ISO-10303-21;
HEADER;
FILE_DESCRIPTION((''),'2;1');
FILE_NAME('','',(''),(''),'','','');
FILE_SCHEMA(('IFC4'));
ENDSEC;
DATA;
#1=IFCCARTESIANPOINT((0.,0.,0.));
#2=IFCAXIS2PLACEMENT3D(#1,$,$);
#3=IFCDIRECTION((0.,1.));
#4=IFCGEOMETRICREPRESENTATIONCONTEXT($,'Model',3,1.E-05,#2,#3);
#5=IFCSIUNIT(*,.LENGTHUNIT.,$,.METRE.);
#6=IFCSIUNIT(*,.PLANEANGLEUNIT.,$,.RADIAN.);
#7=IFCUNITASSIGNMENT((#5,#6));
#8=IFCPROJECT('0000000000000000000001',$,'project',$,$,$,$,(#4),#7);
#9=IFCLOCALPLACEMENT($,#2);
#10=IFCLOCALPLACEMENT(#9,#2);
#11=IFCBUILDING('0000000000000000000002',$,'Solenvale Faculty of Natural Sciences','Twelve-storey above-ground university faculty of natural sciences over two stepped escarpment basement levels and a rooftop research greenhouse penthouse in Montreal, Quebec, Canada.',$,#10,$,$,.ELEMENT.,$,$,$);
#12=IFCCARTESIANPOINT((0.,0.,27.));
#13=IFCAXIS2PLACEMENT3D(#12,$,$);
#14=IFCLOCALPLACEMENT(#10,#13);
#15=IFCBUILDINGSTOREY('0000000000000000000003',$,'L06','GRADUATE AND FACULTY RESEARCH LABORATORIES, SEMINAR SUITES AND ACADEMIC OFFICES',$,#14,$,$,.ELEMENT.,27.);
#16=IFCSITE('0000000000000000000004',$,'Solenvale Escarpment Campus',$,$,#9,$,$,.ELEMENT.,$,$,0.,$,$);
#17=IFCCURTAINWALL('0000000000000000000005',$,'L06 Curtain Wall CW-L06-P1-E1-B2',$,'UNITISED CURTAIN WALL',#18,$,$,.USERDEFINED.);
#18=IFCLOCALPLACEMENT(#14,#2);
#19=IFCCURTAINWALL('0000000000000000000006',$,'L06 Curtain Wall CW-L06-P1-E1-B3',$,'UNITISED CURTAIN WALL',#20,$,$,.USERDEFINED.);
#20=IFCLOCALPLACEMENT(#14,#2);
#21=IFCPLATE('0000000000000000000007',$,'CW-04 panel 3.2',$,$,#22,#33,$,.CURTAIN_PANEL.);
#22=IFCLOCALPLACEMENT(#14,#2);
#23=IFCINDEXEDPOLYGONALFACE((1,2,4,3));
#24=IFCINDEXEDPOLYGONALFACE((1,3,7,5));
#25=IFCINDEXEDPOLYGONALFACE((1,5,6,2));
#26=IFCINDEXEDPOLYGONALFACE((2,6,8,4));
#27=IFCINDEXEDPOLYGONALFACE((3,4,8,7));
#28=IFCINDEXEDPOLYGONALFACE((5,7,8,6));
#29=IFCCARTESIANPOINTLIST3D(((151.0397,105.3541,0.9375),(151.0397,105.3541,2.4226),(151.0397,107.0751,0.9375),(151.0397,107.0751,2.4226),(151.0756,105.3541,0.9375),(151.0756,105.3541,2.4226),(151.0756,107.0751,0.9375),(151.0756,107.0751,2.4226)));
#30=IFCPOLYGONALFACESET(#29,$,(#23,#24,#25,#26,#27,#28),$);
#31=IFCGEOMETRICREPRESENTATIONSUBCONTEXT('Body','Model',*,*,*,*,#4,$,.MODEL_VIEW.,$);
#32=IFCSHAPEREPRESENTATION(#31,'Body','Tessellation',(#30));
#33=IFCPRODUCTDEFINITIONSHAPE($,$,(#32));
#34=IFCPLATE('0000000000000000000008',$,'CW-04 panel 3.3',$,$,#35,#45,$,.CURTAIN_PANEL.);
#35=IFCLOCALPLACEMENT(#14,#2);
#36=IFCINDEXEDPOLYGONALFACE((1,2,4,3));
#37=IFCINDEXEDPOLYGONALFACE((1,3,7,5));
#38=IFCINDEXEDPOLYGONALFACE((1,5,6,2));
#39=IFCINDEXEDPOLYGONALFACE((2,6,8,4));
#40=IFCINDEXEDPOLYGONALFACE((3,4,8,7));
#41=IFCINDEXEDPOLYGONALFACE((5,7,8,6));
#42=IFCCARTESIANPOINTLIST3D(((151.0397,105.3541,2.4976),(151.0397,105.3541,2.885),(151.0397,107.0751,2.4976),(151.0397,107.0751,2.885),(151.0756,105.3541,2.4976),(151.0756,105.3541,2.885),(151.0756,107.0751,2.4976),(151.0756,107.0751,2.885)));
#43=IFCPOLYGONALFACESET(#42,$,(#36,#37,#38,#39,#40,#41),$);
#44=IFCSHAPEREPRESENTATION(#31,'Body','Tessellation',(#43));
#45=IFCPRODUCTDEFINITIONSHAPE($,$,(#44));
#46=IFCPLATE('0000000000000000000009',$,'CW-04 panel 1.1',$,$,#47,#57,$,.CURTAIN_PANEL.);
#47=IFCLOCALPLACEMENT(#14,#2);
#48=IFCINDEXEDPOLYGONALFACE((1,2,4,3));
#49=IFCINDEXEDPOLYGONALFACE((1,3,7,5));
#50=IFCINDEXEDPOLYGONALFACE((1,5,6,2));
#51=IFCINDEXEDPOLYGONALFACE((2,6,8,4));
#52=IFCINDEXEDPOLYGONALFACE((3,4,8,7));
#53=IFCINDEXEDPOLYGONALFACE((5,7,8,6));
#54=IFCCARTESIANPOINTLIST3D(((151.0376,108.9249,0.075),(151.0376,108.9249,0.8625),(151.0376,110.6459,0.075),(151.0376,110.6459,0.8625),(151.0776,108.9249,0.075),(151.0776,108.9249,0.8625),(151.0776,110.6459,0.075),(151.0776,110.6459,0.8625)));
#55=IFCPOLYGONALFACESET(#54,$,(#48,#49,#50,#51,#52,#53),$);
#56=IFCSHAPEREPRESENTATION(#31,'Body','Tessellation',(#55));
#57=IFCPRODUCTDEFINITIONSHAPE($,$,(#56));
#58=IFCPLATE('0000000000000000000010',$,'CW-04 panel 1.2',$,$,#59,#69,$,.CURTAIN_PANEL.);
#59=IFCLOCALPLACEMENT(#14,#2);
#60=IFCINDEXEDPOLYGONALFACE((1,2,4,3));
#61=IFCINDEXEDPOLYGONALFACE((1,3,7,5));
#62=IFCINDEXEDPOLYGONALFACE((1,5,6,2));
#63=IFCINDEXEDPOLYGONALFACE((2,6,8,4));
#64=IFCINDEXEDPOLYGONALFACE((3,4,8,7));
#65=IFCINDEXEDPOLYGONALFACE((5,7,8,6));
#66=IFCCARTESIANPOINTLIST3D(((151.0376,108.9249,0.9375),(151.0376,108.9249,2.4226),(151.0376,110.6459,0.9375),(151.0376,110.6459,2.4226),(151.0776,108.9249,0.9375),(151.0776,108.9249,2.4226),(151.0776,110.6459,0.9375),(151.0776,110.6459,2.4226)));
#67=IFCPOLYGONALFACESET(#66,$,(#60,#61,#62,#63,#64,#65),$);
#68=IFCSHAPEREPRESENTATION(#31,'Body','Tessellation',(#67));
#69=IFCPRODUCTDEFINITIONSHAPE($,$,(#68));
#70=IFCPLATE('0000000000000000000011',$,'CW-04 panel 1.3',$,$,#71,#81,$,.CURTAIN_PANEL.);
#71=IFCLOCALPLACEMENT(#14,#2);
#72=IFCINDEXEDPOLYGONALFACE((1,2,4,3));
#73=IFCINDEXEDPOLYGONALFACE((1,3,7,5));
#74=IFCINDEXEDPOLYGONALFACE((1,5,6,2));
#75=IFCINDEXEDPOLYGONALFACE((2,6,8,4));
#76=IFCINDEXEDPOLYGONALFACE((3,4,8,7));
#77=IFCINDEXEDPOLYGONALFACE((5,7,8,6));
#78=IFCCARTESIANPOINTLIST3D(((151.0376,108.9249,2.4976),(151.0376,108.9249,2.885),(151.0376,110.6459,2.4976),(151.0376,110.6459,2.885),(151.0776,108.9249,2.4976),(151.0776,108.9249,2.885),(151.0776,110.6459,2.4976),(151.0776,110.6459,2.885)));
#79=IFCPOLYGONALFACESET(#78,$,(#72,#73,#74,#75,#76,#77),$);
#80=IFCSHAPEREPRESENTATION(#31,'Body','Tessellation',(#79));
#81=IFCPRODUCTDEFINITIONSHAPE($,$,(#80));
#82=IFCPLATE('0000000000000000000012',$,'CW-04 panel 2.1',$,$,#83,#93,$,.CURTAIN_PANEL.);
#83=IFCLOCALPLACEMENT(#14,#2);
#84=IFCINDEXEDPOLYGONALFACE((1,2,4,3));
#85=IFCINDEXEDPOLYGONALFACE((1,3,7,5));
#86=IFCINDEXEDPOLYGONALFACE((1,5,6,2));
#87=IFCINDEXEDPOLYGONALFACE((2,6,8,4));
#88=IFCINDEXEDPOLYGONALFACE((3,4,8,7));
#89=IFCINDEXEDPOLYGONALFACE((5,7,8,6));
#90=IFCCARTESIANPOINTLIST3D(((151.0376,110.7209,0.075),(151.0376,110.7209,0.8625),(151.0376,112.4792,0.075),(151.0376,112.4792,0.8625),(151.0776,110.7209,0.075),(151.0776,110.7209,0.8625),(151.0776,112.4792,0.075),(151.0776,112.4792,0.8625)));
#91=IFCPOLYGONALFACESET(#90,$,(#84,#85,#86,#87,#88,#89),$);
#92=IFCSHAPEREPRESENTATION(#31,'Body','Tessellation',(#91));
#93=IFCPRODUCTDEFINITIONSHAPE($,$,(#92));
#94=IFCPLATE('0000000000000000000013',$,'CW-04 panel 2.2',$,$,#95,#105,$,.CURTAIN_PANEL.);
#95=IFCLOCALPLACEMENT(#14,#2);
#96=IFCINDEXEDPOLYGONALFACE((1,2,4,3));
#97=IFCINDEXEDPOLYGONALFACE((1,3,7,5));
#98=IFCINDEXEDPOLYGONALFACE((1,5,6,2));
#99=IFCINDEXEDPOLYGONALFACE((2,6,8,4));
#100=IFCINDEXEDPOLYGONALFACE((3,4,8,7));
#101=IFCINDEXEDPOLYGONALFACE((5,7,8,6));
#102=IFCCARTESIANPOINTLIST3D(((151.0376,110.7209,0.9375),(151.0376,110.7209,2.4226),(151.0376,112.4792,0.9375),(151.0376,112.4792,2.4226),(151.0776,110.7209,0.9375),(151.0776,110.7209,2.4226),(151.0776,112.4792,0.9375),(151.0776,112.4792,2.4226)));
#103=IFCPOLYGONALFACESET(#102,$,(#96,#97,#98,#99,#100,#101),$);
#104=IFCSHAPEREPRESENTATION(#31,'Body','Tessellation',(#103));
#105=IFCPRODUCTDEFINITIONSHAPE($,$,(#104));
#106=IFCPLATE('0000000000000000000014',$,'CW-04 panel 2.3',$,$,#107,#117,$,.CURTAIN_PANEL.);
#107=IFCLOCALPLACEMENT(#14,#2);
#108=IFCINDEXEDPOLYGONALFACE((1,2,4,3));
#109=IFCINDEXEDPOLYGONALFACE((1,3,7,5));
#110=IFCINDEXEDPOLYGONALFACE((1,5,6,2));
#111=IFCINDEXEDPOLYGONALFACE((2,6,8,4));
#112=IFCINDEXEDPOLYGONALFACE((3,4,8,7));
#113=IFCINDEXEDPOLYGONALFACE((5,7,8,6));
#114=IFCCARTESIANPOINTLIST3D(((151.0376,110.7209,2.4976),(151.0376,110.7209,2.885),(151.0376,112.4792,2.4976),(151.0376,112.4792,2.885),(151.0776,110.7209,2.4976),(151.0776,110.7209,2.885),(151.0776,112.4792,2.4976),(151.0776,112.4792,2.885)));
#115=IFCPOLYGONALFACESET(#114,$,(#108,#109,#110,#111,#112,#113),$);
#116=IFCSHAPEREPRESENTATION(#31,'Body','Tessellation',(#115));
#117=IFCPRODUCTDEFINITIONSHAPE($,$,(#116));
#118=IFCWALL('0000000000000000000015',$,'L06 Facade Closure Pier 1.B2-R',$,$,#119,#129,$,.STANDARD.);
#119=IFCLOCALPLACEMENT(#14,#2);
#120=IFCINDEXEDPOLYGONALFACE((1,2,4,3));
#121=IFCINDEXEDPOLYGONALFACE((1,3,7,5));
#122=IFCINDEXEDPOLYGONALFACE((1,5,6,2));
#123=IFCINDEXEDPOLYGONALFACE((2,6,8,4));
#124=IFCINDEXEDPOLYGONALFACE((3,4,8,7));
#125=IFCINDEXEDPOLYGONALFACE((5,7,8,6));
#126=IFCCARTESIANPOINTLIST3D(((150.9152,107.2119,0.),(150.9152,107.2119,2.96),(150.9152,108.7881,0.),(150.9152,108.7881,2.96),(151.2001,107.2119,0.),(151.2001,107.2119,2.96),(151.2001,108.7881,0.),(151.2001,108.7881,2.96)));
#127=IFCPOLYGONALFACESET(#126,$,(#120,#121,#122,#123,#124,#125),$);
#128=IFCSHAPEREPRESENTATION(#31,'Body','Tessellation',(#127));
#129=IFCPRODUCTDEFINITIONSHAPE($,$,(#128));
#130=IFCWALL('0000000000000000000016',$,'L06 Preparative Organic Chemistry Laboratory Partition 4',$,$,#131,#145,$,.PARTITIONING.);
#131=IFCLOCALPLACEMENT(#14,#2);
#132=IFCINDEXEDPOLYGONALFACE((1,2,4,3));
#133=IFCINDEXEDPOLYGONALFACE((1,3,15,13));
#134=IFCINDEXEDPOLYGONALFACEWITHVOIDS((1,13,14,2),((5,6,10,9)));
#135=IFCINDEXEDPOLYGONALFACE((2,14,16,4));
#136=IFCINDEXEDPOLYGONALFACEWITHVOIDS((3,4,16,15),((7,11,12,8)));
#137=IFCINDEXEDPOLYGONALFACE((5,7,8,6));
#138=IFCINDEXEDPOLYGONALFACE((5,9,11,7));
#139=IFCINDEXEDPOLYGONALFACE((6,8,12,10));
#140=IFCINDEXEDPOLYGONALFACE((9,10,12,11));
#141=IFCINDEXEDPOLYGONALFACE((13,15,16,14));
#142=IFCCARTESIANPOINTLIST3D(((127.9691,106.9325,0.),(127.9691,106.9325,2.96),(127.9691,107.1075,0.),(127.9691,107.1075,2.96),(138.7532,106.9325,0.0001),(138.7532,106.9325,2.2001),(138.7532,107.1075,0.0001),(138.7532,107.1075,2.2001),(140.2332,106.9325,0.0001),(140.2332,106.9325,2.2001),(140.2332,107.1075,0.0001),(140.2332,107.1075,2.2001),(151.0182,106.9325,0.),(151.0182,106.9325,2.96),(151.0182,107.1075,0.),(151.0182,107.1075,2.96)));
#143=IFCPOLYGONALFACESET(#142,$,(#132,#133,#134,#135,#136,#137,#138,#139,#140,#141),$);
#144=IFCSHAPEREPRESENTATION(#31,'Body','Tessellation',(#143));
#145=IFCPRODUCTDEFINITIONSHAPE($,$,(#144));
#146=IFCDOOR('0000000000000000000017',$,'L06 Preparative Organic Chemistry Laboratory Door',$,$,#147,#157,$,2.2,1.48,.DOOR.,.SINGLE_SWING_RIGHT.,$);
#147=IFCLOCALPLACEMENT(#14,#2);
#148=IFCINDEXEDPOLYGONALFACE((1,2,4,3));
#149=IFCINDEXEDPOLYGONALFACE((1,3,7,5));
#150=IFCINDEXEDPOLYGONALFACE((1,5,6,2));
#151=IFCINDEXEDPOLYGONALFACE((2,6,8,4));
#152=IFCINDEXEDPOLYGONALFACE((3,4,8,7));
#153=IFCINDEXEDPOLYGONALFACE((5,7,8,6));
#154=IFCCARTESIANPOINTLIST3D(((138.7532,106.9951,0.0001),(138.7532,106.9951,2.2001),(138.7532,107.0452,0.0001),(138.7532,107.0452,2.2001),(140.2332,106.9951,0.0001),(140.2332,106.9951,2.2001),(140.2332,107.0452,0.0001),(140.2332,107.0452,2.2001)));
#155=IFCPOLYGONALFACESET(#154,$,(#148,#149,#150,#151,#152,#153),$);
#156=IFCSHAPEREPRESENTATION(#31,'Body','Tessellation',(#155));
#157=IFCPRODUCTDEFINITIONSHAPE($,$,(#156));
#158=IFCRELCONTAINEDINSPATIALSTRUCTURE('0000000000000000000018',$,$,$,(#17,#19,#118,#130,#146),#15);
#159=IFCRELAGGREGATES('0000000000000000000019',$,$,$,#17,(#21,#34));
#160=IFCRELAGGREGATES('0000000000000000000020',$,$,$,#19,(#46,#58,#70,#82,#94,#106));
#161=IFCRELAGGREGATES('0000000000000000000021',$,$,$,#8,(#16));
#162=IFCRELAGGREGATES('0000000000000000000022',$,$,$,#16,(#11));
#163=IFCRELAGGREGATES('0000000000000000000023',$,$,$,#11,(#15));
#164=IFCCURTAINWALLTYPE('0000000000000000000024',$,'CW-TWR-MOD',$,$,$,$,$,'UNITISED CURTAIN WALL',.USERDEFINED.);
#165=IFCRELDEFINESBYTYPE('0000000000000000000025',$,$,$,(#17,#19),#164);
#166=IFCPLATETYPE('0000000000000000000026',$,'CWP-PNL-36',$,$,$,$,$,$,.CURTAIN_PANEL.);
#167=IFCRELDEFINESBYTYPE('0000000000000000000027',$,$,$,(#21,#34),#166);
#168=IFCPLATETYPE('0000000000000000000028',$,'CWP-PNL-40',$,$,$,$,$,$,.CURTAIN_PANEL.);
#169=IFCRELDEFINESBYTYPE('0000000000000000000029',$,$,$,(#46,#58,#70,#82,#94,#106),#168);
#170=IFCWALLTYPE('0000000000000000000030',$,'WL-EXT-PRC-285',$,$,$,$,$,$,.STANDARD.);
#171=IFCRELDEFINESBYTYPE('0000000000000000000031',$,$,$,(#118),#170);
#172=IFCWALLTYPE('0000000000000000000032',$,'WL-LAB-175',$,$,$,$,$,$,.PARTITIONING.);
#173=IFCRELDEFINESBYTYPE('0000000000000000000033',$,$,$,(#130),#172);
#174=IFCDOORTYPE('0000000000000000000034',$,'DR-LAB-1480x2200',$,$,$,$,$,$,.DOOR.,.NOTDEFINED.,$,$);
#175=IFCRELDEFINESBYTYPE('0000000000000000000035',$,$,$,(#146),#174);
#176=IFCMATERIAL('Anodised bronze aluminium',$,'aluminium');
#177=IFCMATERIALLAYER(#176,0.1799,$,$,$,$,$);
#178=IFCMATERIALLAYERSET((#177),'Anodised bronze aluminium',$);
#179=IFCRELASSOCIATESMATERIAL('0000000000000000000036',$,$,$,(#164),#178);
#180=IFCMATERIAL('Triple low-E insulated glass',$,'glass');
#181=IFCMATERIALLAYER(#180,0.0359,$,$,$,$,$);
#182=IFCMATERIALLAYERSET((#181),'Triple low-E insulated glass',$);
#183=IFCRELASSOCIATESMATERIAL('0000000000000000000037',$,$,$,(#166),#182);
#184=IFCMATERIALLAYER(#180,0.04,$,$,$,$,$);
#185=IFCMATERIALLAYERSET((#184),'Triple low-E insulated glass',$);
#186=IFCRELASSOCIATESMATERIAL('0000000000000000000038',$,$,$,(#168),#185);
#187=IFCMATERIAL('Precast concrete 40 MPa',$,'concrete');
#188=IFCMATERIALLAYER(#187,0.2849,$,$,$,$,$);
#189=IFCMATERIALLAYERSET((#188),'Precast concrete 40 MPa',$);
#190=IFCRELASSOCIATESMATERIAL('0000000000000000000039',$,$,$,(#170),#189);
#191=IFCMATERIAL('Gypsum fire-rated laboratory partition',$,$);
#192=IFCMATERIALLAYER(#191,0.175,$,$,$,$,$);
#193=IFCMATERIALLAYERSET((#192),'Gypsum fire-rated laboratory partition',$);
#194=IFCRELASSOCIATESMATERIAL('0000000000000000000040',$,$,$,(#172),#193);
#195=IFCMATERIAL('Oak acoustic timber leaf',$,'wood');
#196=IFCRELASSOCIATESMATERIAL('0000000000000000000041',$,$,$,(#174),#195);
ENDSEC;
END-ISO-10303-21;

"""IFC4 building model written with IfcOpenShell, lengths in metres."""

from ifc_helpers import new_model, si_unit, direction, frame, frame_2d, origin, origin_2d, place, context, subcontext, project, spatial, rectangle, extrude, material, layer, layer_set, type_object, element, fill, aggregate, save


model = new_model("IFC4")

# Units and contexts
model_context = context("Model", 3, precision=1e-05, world=origin(), true_north=direction((0.0, 1.0)))
body_context = subcontext(model_context, "Body", "Model", "MODEL_VIEW")
ifc_project = project(units=[si_unit("LENGTHUNIT", "METRE"), si_unit("PLANEANGLEUNIT", "RADIAN")], contexts=[model_context])

# Site, building, storey
site_placement = place(None, origin())
site = spatial("IfcSite", under=ifc_project, at=site_placement, Name="Solenvale Escarpment Campus", CompositionType="ELEMENT", RefElevation=0.0)
building_placement = place(site_placement, origin())
building = spatial("IfcBuilding", under=site, at=building_placement, Name="Solenvale Faculty of Natural Sciences", Description="Twelve-storey above-ground university faculty of natural sciences over two stepped escarpment basement levels and a rooftop research greenhouse penthouse in Montreal, Quebec, Canada.", CompositionType="ELEMENT")
storey_placement = place(building_placement, frame((0.0, 0.0, 27.0)))
storey = spatial("IfcBuildingStorey", under=building, at=storey_placement, Name="L06", Description="GRADUATE AND FACULTY RESEARCH LABORATORIES, SEMINAR SUITES AND ACADEMIC OFFICES", CompositionType="ELEMENT", Elevation=27.0)

# Curtain wall
ifc_material_1 = material(Name="Anodised bronze aluminium", Category="aluminium")
ifc_layer_1 = layer(ifc_material_1, 0.1799)
ifc_layer_set_1 = layer_set([ifc_layer_1], Name="Anodised bronze aluminium")
curtain_wall_type = type_object("IfcCurtainWallType", Name="CW-TWR-MOD", ElementType="UNITISED CURTAIN WALL", PredefinedType="USERDEFINED", material=ifc_layer_set_1)
curtain_wall_1_placement = place(storey_placement, origin())
curtain_wall_1 = element("IfcCurtainWall", 1, at=curtain_wall_1_placement, inside=storey, type_object=curtain_wall_type, Name="L06 Curtain Wall CW-L06-P1-E1-B2", ObjectType="UNITISED CURTAIN WALL", PredefinedType="USERDEFINED")

# Curtain wall
curtain_wall_2_placement = place(storey_placement, origin())
curtain_wall_2 = element("IfcCurtainWall", 2, at=curtain_wall_2_placement, inside=storey, type_object=curtain_wall_type, Name="L06 Curtain Wall CW-L06-P1-E1-B3", ObjectType="UNITISED CURTAIN WALL", PredefinedType="USERDEFINED")

# Plates
ifc_material_2 = material(Name="Triple low-E insulated glass", Category="glass")
ifc_layer_2 = layer(ifc_material_2, 0.0359)
ifc_layer_set_2 = layer_set([ifc_layer_2], Name="Triple low-E insulated glass")
plate_type_1 = type_object("IfcPlateType", Name="CWP-PNL-36", PredefinedType="CURTAIN_PANEL", material=ifc_layer_set_2)
plate_1_placement = place(storey_placement, frame((151.0576, 106.2146, 0.9375), z_axis=(0.0, 0.0, 1.0), x_axis=(0.0, 1.0, 0.0)))
plate_1 = element("IfcPlate", 3, at=plate_1_placement, type_object=plate_type_1, Name="CW-04 panel 3.2", PredefinedType="CURTAIN_PANEL", context=body_context, shape_type="SweptSolid", body=[
    extrude(rectangle(XDim=1.7209, YDim=0.0359, at=origin_2d()), origin(), (0.0, 0.0, 1.0), 1.4851),
])
plate_2_placement = place(storey_placement, frame((151.0576, 106.2146, 2.4976), z_axis=(0.0, 0.0, 1.0), x_axis=(0.0, 1.0, 0.0)))
plate_2 = element("IfcPlate", 4, at=plate_2_placement, type_object=plate_type_1, Name="CW-04 panel 3.3", PredefinedType="CURTAIN_PANEL", context=body_context, shape_type="SweptSolid", body=[
    extrude(rectangle(XDim=1.7209, YDim=0.0359, at=origin_2d()), origin(), (0.0, 0.0, 1.0), 0.3875),
])
aggregate(curtain_wall_1, [plate_1, plate_2])
ifc_layer_3 = layer(ifc_material_2, 0.04)
ifc_layer_set_3 = layer_set([ifc_layer_3], Name="Triple low-E insulated glass")
plate_type_2 = type_object("IfcPlateType", Name="CWP-PNL-40", PredefinedType="CURTAIN_PANEL", material=ifc_layer_set_3)
plate_3_placement = place(storey_placement, frame((151.0576, 109.7854, 0.075), z_axis=(0.0, 0.0, 1.0), x_axis=(0.0, 1.0, 0.0)))
plate_3 = element("IfcPlate", 5, at=plate_3_placement, type_object=plate_type_2, Name="CW-04 panel 1.1", PredefinedType="CURTAIN_PANEL", context=body_context, shape_type="SweptSolid", body=[
    extrude(rectangle(XDim=1.7209, YDim=0.04, at=origin_2d()), origin(), (0.0, 0.0, 1.0), 0.7876),
])
plate_4_placement = place(storey_placement, frame((151.0576, 109.7854, 0.9375), z_axis=(0.0, 0.0, 1.0), x_axis=(0.0, 1.0, 0.0)))
plate_4 = element("IfcPlate", 6, at=plate_4_placement, type_object=plate_type_2, Name="CW-04 panel 1.2", PredefinedType="CURTAIN_PANEL", context=body_context, shape_type="SweptSolid", body=[
    extrude(rectangle(XDim=1.7209, YDim=0.04, at=origin_2d()), origin(), (0.0, 0.0, 1.0), 1.4851),
])
plate_5_placement = place(storey_placement, frame((151.0576, 109.7854, 2.4976), z_axis=(0.0, 0.0, 1.0), x_axis=(0.0, 1.0, 0.0)))
plate_5 = element("IfcPlate", 7, at=plate_5_placement, type_object=plate_type_2, Name="CW-04 panel 1.3", PredefinedType="CURTAIN_PANEL", context=body_context, shape_type="SweptSolid", body=[
    extrude(rectangle(XDim=1.7209, YDim=0.04, at=origin_2d()), origin(), (0.0, 0.0, 1.0), 0.3875),
])
plate_6_placement = place(storey_placement, frame((151.0576, 111.6001, 0.075), z_axis=(0.0, 0.0, 1.0), x_axis=(0.0, 1.0, 0.0)))
plate_6 = element("IfcPlate", 8, at=plate_6_placement, type_object=plate_type_2, Name="CW-04 panel 2.1", PredefinedType="CURTAIN_PANEL", context=body_context, shape_type="SweptSolid", body=[
    extrude(rectangle(XDim=1.7583, YDim=0.04, at=origin_2d()), origin(), (0.0, 0.0, 1.0), 0.7876),
])
plate_7_placement = place(storey_placement, frame((151.0576, 111.6001, 0.9375), z_axis=(0.0, 0.0, 1.0), x_axis=(0.0, 1.0, 0.0)))
plate_7 = element("IfcPlate", 9, at=plate_7_placement, type_object=plate_type_2, Name="CW-04 panel 2.2", PredefinedType="CURTAIN_PANEL", context=body_context, shape_type="SweptSolid", body=[
    extrude(rectangle(XDim=1.7583, YDim=0.04, at=origin_2d()), origin(), (0.0, 0.0, 1.0), 1.4851),
])
plate_8_placement = place(storey_placement, frame((151.0576, 111.6001, 2.4976), z_axis=(0.0, 0.0, 1.0), x_axis=(0.0, 1.0, 0.0)))
plate_8 = element("IfcPlate", 10, at=plate_8_placement, type_object=plate_type_2, Name="CW-04 panel 2.3", PredefinedType="CURTAIN_PANEL", context=body_context, shape_type="SweptSolid", body=[
    extrude(rectangle(XDim=1.7583, YDim=0.04, at=origin_2d()), origin(), (0.0, 0.0, 1.0), 0.3875),
])
aggregate(curtain_wall_2, [plate_3, plate_4, plate_5, plate_6, plate_7, plate_8])

# Wall
ifc_material_3 = material(Name="Precast concrete 40 MPa", Category="concrete")
ifc_layer_4 = layer(ifc_material_3, 0.2849)
ifc_layer_set_4 = layer_set([ifc_layer_4], Name="Precast concrete 40 MPa")
wall_type_1 = type_object("IfcWallType", Name="WL-EXT-PRC-285", PredefinedType="STANDARD", material=ifc_layer_set_4)
wall_1_placement = place(storey_placement, frame((151.0576, 107.2119, 0.0), z_axis=(0.0, 0.0, 1.0), x_axis=(0.0, 1.0, 0.0)))
element("IfcWall", 11, at=wall_1_placement, inside=storey, type_object=wall_type_1, Name="L06 Facade Closure Pier 1.B2-R", PredefinedType="STANDARD", context=body_context, shape_type="SweptSolid", body=[
    extrude(rectangle(XDim=1.5762, YDim=0.2849, at=frame_2d((0.7881, 0.0))), origin(), (0.0, 0.0, 1.0), 2.96),
])

# Wall, opening, door
ifc_material_4 = material(Name="Gypsum fire-rated laboratory partition")
ifc_layer_5 = layer(ifc_material_4, 0.175)
ifc_layer_set_5 = layer_set([ifc_layer_5], Name="Gypsum fire-rated laboratory partition")
wall_type_2 = type_object("IfcWallType", Name="WL-LAB-175", PredefinedType="PARTITIONING", material=ifc_layer_set_5)
wall_2_placement = place(storey_placement, frame((151.0181, 107.02, 0.0), z_axis=(0.0, 0.0, 1.0), x_axis=(-1.0, 0.0, 0.0)))
wall_2 = element("IfcWall", 12, at=wall_2_placement, inside=storey, type_object=wall_type_2, Name="L06 Preparative Organic Chemistry Laboratory Partition 4", PredefinedType="PARTITIONING", context=body_context, shape_type="SweptSolid", body=[
    extrude(rectangle(XDim=23.0491, YDim=0.175, at=frame_2d((11.5244, 0.0))), origin(), (0.0, 0.0, 1.0), 2.96),
])
opening_placement = place(wall_2_placement, frame((10.7849, 0.0, 0.0)))
opening = element("IfcOpeningElement", 13, at=opening_placement, cuts=wall_2, PredefinedType="OPENING", context=body_context, shape_type="SweptSolid", body=[
    extrude(rectangle(XDim=1.48, YDim=2.2, at=frame_2d((0.74, 1.1001))), frame((0.0, 0.0974, 0.0), z_axis=(0.0, -1.0, 0.0), x_axis=(1.0, 0.0, 0.0)), (0.0, 0.0, 1.0), 0.1951),
])
ifc_material_5 = material(Name="Oak acoustic timber leaf", Category="wood")
door_type = type_object("IfcDoorType", Name="DR-LAB-1480x2200", OperationType="NOTDEFINED", PredefinedType="DOOR", material=ifc_material_5)
door_placement = place(opening_placement, origin())
door = element("IfcDoor", 14, at=door_placement, inside=storey, type_object=door_type, Name="L06 Preparative Organic Chemistry Laboratory Door", OperationType="SINGLE_SWING_RIGHT", OverallHeight=2.2, OverallWidth=1.48, PredefinedType="DOOR", context=body_context, shape_type="SweptSolid", body=[
    extrude(rectangle(XDim=1.48, YDim=2.2, at=frame_2d((0.74, 1.1001))), frame((0.0, 0.0249, 0.0), z_axis=(0.0, -1.0, 0.0), x_axis=(1.0, 0.0, 0.0)), (0.0, 0.0, 1.0), 0.05),
])
fill(opening, door)

save(model, "model.ifc")
